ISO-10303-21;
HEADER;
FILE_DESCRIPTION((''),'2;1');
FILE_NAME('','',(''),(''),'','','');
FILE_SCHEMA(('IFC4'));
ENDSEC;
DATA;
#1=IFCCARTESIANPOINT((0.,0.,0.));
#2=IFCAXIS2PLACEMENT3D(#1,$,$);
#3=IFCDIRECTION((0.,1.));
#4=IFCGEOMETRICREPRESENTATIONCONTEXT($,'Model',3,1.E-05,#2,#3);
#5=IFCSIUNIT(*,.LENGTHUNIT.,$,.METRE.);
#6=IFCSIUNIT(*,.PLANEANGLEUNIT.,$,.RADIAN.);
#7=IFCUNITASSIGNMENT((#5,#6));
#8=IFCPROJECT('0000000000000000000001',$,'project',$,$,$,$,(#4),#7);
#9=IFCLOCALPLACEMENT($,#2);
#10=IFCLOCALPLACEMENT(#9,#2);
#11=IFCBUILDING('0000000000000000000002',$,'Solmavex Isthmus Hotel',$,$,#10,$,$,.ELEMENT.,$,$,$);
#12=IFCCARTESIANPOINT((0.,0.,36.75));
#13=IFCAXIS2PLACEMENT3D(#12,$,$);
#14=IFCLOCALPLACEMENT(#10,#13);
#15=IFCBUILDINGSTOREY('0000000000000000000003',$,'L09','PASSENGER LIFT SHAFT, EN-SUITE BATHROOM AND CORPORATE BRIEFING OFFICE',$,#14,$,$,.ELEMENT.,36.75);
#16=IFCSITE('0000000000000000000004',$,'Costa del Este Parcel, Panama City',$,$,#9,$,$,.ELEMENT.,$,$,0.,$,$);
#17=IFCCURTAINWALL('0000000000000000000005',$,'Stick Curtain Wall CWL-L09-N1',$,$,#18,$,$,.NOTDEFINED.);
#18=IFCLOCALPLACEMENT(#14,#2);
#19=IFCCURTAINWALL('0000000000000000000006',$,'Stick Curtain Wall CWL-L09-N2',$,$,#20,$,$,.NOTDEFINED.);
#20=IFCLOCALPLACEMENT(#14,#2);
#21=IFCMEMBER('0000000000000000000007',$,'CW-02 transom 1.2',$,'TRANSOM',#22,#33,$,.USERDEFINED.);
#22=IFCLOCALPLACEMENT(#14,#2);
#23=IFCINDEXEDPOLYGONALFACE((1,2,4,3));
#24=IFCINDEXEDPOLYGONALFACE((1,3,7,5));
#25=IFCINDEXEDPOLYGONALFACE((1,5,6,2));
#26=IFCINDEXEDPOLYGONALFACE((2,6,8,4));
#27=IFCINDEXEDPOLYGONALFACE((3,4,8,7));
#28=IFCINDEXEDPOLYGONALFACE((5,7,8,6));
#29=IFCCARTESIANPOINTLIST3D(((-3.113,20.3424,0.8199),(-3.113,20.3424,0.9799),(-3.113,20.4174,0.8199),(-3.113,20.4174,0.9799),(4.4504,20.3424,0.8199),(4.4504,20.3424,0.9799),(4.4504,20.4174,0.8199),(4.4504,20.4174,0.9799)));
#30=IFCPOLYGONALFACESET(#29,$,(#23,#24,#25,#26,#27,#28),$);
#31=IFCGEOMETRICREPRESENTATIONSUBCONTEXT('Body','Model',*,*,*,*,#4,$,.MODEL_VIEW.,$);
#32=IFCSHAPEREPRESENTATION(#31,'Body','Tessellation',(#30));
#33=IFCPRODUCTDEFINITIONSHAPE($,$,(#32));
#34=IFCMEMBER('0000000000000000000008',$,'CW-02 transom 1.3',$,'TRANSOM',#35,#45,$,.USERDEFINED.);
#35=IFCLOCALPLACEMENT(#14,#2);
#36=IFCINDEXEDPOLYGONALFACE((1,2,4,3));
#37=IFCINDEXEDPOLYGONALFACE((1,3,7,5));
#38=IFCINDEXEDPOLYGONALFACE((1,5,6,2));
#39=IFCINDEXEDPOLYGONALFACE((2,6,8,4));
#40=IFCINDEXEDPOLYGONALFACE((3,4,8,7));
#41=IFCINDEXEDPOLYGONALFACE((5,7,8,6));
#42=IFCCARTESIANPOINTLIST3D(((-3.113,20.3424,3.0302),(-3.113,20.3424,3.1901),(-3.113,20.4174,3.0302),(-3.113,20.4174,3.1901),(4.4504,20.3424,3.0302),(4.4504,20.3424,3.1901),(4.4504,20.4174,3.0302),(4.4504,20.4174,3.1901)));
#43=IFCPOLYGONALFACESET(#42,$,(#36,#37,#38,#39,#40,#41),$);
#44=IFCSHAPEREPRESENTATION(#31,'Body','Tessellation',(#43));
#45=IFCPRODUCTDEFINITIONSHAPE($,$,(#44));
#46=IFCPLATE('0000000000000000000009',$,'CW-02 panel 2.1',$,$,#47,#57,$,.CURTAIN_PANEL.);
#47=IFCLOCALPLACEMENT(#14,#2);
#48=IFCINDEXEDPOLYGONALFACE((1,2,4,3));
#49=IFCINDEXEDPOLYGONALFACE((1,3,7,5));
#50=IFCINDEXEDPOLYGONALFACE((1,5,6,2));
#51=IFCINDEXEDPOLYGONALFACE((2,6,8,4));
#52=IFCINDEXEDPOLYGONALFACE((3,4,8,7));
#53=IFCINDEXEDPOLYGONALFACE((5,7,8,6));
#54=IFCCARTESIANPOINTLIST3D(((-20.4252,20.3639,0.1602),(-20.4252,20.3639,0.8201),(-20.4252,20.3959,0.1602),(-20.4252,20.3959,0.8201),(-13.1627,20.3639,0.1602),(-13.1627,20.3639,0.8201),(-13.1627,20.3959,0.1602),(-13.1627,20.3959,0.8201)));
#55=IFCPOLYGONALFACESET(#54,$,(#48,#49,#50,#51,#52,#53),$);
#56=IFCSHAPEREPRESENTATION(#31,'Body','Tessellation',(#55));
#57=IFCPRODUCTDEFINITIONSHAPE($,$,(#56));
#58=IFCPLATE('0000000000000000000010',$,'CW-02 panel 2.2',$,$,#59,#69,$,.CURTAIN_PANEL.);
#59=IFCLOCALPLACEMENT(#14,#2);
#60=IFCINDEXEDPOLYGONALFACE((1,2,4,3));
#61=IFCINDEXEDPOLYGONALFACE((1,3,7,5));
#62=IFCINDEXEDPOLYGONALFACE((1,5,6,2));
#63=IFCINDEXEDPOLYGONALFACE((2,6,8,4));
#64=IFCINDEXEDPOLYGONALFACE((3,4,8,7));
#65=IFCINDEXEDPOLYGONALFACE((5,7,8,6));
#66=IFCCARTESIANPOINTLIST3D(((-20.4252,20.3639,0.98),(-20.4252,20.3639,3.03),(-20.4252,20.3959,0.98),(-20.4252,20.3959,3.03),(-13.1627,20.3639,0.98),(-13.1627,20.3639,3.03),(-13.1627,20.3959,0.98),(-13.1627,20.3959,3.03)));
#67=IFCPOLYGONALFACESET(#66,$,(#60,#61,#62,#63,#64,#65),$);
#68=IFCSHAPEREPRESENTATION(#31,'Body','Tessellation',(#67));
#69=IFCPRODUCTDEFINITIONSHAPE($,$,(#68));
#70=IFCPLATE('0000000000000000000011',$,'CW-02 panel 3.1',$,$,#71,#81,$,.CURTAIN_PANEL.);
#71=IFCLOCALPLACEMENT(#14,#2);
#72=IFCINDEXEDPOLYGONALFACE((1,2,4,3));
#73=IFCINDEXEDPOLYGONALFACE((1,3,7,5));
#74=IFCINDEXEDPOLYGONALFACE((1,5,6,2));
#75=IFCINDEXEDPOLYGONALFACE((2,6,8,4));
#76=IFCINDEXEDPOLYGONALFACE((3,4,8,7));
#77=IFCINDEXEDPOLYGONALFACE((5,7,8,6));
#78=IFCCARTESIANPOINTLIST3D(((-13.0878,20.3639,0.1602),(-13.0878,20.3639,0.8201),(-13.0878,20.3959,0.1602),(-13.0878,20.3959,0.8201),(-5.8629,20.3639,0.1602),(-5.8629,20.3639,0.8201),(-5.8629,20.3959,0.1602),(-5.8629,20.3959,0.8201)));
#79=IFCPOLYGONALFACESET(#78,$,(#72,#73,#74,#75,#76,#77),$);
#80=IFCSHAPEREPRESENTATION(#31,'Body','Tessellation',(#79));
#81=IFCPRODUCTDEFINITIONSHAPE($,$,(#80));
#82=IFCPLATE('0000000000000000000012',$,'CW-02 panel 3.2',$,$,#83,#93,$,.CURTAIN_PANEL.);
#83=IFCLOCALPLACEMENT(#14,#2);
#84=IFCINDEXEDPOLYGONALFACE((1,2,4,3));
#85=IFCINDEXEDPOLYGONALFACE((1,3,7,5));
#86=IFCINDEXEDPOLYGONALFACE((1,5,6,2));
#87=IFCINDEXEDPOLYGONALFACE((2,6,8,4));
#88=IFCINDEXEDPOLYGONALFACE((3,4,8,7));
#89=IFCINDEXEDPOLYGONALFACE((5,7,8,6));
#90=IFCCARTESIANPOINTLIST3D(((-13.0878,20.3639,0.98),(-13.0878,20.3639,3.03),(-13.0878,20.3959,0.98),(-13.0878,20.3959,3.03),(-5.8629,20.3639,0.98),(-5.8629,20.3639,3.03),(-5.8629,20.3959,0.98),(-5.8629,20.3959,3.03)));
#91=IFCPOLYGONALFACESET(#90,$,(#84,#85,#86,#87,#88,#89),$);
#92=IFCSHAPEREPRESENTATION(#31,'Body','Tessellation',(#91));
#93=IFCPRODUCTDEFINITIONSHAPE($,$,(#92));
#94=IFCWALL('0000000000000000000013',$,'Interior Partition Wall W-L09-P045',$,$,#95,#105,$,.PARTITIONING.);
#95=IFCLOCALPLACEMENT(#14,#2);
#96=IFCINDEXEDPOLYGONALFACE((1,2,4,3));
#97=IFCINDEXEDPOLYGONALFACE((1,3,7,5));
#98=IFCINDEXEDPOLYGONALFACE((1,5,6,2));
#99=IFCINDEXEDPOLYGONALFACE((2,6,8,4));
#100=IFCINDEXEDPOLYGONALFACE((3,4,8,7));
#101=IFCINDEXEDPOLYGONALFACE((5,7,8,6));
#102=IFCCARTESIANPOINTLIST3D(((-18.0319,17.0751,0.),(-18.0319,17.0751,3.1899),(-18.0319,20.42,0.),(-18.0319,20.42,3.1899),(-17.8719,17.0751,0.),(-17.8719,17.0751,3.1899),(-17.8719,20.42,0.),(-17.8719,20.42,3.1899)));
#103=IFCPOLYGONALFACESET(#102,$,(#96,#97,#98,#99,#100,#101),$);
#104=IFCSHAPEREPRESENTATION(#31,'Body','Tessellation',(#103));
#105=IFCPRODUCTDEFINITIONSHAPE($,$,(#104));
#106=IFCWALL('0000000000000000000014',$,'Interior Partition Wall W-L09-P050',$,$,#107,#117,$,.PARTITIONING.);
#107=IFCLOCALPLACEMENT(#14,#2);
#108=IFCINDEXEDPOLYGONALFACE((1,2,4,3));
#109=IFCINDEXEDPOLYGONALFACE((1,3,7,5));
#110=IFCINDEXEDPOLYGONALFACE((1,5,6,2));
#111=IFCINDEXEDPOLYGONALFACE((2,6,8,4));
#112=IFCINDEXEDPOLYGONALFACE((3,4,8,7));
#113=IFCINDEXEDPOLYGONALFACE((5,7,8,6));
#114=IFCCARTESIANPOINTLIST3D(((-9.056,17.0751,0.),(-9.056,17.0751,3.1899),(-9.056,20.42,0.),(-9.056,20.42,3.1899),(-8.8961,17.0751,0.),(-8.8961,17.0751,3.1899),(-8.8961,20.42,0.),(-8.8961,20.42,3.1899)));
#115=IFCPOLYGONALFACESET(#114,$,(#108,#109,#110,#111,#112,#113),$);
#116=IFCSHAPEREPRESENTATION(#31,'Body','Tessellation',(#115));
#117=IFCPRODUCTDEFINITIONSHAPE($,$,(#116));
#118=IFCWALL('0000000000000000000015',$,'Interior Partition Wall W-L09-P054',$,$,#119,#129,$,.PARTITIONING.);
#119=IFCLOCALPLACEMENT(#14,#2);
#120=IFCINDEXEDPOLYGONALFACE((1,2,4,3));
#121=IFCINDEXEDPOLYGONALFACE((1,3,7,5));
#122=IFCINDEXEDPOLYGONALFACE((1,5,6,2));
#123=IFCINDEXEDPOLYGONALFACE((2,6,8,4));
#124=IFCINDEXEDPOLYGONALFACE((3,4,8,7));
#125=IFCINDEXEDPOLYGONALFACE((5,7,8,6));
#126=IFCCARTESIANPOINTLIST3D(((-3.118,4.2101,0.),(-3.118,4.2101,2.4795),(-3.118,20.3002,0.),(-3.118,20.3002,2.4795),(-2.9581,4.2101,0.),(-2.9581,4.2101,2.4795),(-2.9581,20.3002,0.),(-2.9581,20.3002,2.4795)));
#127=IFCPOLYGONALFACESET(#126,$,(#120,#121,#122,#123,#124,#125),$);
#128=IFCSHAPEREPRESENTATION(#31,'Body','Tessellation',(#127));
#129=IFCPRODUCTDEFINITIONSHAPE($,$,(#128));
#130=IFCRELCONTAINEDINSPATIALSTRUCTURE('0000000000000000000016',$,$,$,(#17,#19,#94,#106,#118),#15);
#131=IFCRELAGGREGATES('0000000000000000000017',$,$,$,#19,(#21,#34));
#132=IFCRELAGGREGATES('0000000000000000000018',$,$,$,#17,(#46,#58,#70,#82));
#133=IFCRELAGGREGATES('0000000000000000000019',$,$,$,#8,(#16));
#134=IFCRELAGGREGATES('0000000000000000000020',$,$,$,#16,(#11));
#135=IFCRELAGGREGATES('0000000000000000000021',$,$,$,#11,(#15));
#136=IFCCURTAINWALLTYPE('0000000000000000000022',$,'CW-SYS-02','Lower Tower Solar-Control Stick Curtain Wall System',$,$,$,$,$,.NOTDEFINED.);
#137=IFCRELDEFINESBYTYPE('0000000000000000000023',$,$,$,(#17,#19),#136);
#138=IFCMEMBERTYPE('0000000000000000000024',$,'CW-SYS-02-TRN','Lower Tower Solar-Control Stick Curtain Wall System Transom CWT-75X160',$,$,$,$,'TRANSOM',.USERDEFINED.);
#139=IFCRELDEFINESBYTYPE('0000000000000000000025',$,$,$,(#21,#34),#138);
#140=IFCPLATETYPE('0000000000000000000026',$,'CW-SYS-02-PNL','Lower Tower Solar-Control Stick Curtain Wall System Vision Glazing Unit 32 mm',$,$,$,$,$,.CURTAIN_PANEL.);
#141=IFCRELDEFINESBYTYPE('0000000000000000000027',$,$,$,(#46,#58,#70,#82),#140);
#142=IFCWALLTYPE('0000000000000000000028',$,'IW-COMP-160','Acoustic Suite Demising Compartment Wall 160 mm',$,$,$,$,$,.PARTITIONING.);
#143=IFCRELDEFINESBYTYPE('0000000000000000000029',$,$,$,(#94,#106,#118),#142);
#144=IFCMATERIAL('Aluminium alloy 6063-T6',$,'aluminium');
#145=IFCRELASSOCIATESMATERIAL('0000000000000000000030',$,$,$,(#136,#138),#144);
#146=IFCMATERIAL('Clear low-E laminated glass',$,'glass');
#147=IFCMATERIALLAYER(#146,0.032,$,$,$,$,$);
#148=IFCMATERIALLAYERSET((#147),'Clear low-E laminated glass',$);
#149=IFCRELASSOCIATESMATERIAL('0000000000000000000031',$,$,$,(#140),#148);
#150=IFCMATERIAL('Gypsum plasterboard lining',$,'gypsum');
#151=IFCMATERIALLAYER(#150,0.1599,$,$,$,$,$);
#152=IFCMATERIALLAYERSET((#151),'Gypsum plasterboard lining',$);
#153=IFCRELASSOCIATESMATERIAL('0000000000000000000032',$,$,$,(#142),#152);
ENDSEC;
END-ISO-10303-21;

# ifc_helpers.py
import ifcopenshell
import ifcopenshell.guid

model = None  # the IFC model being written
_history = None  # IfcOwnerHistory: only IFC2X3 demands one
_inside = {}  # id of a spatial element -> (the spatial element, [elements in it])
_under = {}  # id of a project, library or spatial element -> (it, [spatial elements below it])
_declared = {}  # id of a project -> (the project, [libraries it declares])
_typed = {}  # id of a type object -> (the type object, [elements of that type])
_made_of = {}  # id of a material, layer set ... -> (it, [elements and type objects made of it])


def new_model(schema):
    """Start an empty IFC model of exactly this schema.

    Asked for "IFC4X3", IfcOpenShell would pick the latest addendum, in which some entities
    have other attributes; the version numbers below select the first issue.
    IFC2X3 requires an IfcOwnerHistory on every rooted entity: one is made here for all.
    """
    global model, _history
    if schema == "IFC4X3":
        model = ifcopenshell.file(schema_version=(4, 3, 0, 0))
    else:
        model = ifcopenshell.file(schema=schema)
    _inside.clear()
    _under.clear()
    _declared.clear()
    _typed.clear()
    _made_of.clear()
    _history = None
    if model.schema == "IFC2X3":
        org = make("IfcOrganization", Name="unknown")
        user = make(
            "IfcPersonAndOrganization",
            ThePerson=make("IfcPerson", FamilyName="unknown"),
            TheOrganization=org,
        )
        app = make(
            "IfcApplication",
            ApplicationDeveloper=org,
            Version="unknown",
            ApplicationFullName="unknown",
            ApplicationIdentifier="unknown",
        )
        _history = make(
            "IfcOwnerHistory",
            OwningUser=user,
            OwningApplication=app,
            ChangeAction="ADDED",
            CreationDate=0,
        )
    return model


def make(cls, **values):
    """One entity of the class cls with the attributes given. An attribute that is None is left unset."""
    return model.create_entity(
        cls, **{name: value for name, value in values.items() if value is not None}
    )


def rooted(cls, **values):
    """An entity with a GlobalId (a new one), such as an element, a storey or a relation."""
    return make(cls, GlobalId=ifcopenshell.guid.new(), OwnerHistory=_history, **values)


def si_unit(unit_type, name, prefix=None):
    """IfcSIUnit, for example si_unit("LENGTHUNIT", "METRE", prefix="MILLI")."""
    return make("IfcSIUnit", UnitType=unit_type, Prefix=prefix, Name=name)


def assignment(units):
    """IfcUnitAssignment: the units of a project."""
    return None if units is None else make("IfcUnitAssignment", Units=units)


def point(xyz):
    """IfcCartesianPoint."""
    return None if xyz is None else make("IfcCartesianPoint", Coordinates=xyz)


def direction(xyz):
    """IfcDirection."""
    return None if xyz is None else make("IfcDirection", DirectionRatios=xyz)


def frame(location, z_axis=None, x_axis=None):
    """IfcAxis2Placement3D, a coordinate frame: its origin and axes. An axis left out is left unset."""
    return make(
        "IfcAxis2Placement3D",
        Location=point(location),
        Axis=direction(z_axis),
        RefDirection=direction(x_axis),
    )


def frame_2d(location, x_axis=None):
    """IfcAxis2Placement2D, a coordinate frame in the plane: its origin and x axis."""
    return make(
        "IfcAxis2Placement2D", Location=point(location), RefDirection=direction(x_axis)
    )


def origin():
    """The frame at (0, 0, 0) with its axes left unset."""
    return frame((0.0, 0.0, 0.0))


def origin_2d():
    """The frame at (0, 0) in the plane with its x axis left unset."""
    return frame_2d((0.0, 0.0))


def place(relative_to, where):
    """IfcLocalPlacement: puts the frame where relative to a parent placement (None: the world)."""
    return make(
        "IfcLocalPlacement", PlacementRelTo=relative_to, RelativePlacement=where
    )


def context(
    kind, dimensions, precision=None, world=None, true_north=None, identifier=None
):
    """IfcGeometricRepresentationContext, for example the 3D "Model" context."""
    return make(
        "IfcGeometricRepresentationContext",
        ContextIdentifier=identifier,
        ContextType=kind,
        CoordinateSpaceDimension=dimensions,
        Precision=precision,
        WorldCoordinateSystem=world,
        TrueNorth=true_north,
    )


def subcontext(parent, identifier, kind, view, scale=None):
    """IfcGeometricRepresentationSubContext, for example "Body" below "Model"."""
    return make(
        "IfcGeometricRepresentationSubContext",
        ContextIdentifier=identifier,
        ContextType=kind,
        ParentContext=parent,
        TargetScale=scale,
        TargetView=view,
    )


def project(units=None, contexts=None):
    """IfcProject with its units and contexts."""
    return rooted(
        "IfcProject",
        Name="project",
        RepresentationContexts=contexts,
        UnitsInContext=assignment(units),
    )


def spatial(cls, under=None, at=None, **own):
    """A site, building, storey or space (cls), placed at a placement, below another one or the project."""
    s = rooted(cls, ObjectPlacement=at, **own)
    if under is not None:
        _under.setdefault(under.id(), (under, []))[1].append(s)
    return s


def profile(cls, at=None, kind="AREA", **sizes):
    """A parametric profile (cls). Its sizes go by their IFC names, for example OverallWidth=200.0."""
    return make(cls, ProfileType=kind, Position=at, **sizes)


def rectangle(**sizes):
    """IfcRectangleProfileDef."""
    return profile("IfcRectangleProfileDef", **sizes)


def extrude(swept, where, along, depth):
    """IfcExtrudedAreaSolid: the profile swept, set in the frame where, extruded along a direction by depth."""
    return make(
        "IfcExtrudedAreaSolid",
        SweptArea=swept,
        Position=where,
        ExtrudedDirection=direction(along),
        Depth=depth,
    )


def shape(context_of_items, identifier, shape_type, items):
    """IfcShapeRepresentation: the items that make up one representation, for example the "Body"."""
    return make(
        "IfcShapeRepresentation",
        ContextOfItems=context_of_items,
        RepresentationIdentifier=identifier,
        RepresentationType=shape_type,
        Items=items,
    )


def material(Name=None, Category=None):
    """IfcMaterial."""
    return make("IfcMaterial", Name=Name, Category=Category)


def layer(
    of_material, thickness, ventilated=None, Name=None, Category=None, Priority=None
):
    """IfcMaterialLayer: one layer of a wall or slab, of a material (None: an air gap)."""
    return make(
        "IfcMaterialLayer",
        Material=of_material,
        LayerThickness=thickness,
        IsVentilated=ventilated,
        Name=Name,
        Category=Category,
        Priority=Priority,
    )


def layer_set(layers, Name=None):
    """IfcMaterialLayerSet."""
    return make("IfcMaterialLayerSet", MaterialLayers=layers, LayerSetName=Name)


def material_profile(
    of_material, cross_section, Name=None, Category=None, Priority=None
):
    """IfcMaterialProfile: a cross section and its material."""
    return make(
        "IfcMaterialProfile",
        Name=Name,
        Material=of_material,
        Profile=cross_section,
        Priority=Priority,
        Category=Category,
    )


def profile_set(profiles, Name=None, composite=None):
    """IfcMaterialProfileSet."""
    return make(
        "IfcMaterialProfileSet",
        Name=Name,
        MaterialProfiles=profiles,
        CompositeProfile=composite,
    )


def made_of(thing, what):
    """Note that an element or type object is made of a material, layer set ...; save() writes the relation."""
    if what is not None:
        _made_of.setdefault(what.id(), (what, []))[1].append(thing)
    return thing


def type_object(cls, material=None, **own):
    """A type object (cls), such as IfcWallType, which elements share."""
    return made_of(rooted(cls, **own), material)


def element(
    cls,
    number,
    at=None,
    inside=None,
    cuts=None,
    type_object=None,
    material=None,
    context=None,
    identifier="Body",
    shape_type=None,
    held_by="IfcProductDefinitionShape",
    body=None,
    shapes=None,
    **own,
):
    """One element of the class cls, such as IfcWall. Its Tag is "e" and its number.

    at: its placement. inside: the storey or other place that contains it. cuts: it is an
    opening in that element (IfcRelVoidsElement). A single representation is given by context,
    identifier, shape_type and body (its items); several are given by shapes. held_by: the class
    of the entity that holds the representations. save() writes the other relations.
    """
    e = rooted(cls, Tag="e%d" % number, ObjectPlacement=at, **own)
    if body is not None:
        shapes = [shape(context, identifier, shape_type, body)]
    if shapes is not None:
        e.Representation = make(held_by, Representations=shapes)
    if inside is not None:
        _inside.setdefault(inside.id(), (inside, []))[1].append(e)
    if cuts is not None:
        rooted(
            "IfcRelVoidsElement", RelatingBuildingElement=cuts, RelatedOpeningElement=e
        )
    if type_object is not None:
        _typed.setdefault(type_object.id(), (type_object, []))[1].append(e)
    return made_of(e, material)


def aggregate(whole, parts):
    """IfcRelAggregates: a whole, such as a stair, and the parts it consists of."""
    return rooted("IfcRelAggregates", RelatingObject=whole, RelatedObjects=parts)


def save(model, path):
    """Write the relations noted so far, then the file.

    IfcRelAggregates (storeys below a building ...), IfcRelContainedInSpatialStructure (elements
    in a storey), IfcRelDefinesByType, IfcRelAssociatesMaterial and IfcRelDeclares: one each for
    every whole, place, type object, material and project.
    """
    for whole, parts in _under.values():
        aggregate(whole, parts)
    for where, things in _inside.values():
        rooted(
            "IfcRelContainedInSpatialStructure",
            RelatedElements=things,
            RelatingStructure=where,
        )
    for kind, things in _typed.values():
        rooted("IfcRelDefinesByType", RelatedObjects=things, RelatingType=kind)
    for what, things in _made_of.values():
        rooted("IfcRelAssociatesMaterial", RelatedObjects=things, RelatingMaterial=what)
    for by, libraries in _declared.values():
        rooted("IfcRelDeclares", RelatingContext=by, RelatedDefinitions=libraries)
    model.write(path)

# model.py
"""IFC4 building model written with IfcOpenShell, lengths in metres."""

from ifc_helpers import new_model, si_unit, direction, frame, frame_2d, origin, origin_2d, place, context, subcontext, project, spatial, rectangle, extrude, material, layer, layer_set, material_profile, profile_set, type_object, element, aggregate, save


model = new_model("IFC4")

# Units and contexts
model_context = context("Model", 3, precision=1e-05, world=origin(), true_north=direction((0.0, 1.0)))
body_context = subcontext(model_context, "Body", "Model", "MODEL_VIEW")
ifc_project = project(units=[si_unit("LENGTHUNIT", "METRE"), si_unit("PLANEANGLEUNIT", "RADIAN")], contexts=[model_context])

# Site, building, storey
site_placement = place(None, origin())
site = spatial("IfcSite", under=ifc_project, at=site_placement, Name="Costa del Este Parcel, Panama City", CompositionType="ELEMENT", RefElevation=0.0)
building_placement = place(site_placement, origin())
building = spatial("IfcBuilding", under=site, at=building_placement, Name="Solmavex Isthmus Hotel", CompositionType="ELEMENT")
storey_placement = place(building_placement, frame((0.0, 0.0, 36.75)))
storey = spatial("IfcBuildingStorey", under=building, at=storey_placement, Name="L09", Description="PASSENGER LIFT SHAFT, EN-SUITE BATHROOM AND CORPORATE BRIEFING OFFICE", CompositionType="ELEMENT", Elevation=36.75)

# Curtain wall
ifc_material_1 = material(Name="Aluminium alloy 6063-T6", Category="aluminium")
curtain_wall_type = type_object("IfcCurtainWallType", Name="CW-SYS-02", Description="Lower Tower Solar-Control Stick Curtain Wall System", PredefinedType="NOTDEFINED", material=ifc_material_1)
curtain_wall_1_placement = place(storey_placement, origin())
curtain_wall_1 = element("IfcCurtainWall", 1, at=curtain_wall_1_placement, inside=storey, type_object=curtain_wall_type, Name="Stick Curtain Wall CWL-L09-N1", PredefinedType="NOTDEFINED")

# Curtain wall
curtain_wall_2_placement = place(storey_placement, origin())
curtain_wall_2 = element("IfcCurtainWall", 2, at=curtain_wall_2_placement, inside=storey, type_object=curtain_wall_type, Name="Stick Curtain Wall CWL-L09-N2", PredefinedType="NOTDEFINED")

# Members
ifc_material_profile_1 = material_profile(ifc_material_1, rectangle(XDim=0.075, YDim=0.1599, at=origin_2d()), Name="CWT-75X160")
ifc_profile_set_1 = profile_set([ifc_material_profile_1], Name="Aluminium alloy 6063-T6")
member_type_1 = type_object("IfcMemberType", Name="CW-SYS-02-TRN", Description="Lower Tower Solar-Control Stick Curtain Wall System Transom CWT-75X160", ElementType="TRANSOM", PredefinedType="USERDEFINED", material=ifc_profile_set_1)
member_1_placement = place(storey_placement, frame((-3.113, 20.3799, 0.8999), z_axis=(1.0, 0.0, 0.0), x_axis=(0.0, 1.0, 0.0)))
member_1 = element("IfcMember", 3, at=member_1_placement, type_object=member_type_1, Name="CW-02 transom 1.2", ObjectType="TRANSOM", PredefinedType="USERDEFINED", context=body_context, shape_type="SweptSolid", body=[
    extrude(rectangle(XDim=0.075, YDim=0.1599, at=origin_2d()), origin(), (0.0, 0.0, 1.0), 7.5635),
])
member_2_placement = place(storey_placement, frame((-3.113, 20.3799, 3.1101), z_axis=(1.0, 0.0, 0.0), x_axis=(0.0, 1.0, 0.0)))
member_2 = element("IfcMember", 4, at=member_2_placement, type_object=member_type_1, Name="CW-02 transom 1.3", ObjectType="TRANSOM", PredefinedType="USERDEFINED", context=body_context, shape_type="SweptSolid", body=[
    extrude(rectangle(XDim=0.075, YDim=0.1599, at=origin_2d()), origin(), (0.0, 0.0, 1.0), 7.5635),
])
aggregate(curtain_wall_2, [member_1, member_2])

# Plates
ifc_material_2 = material(Name="Clear low-E laminated glass", Category="glass")
ifc_layer_1 = layer(ifc_material_2, 0.032)
ifc_layer_set_1 = layer_set([ifc_layer_1], Name="Clear low-E laminated glass")
plate_type = type_object("IfcPlateType", Name="CW-SYS-02-PNL", Description="Lower Tower Solar-Control Stick Curtain Wall System Vision Glazing Unit 32 mm", PredefinedType="CURTAIN_PANEL", material=ifc_layer_set_1)
plate_1_placement = place(storey_placement, frame((-16.7939, 20.3799, 0.1602), z_axis=(0.0, 0.0, 1.0), x_axis=(1.0, 0.0, 0.0)))
plate_1 = element("IfcPlate", 5, at=plate_1_placement, type_object=plate_type, Name="CW-02 panel 2.1", PredefinedType="CURTAIN_PANEL", context=body_context, shape_type="SweptSolid", body=[
    extrude(rectangle(XDim=7.2625, YDim=0.032, at=origin_2d()), origin(), (0.0, 0.0, 1.0), 0.6599),
])
plate_2_placement = place(storey_placement, frame((-16.7939, 20.3799, 0.98), z_axis=(0.0, 0.0, 1.0), x_axis=(1.0, 0.0, 0.0)))
plate_2 = element("IfcPlate", 6, at=plate_2_placement, type_object=plate_type, Name="CW-02 panel 2.2", PredefinedType="CURTAIN_PANEL", context=body_context, shape_type="SweptSolid", body=[
    extrude(rectangle(XDim=7.2625, YDim=0.032, at=origin_2d()), origin(), (0.0, 0.0, 1.0), 2.05),
])
plate_3_placement = place(storey_placement, frame((-9.4753, 20.3799, 0.1602), z_axis=(0.0, 0.0, 1.0), x_axis=(1.0, 0.0, 0.0)))
plate_3 = element("IfcPlate", 7, at=plate_3_placement, type_object=plate_type, Name="CW-02 panel 3.1", PredefinedType="CURTAIN_PANEL", context=body_context, shape_type="SweptSolid", body=[
    extrude(rectangle(XDim=7.2249, YDim=0.032, at=origin_2d()), origin(), (0.0, 0.0, 1.0), 0.6599),
])
plate_4_placement = place(storey_placement, frame((-9.4753, 20.3799, 0.98), z_axis=(0.0, 0.0, 1.0), x_axis=(1.0, 0.0, 0.0)))
plate_4 = element("IfcPlate", 8, at=plate_4_placement, type_object=plate_type, Name="CW-02 panel 3.2", PredefinedType="CURTAIN_PANEL", context=body_context, shape_type="SweptSolid", body=[
    extrude(rectangle(XDim=7.2249, YDim=0.032, at=origin_2d()), origin(), (0.0, 0.0, 1.0), 2.05),
])
aggregate(curtain_wall_1, [plate_1, plate_2, plate_3, plate_4])

# Walls
ifc_material_3 = material(Name="Gypsum plasterboard lining", Category="gypsum")
ifc_layer_2 = layer(ifc_material_3, 0.1599)
ifc_layer_set_2 = layer_set([ifc_layer_2], Name="Gypsum plasterboard lining")
wall_type_1 = type_object("IfcWallType", Name="IW-COMP-160", Description="Acoustic Suite Demising Compartment Wall 160 mm", PredefinedType="PARTITIONING", material=ifc_layer_set_2)
for number, where, z_axis, x_axis, name in (
    (9, (-17.9519, 20.4199, 0.0), (0.0, 0.0, 1.0), (0.0, -1.0, 0.0), "Interior Partition Wall W-L09-P045"),
    (10, (-8.9761, 20.4199, 0.0), (0.0, 0.0, 1.0), (0.0, -1.0, 0.0), "Interior Partition Wall W-L09-P050"),
):
    element("IfcWall", number, at=place(storey_placement, frame(where, z_axis=z_axis, x_axis=x_axis)), inside=storey, type_object=wall_type_1, Name=name, PredefinedType="PARTITIONING", context=body_context, shape_type="SweptSolid", body=[
        extrude(rectangle(XDim=3.345, YDim=0.1599, at=frame_2d((1.6724, 0.0))), origin(), (0.0, 0.0, 1.0), 3.1899),
    ])
wall_1_placement = place(storey_placement, frame((-3.0381, 20.3, 0.0), z_axis=(0.0, 0.0, 1.0), x_axis=(0.0, -1.0, 0.0)))
element("IfcWall", 11, at=wall_1_placement, inside=storey, type_object=wall_type_1, Name="Interior Partition Wall W-L09-P054", PredefinedType="PARTITIONING", context=body_context, shape_type="SweptSolid", body=[
    extrude(rectangle(XDim=16.0901, YDim=0.1599, at=frame_2d((8.0449, 0.0))), origin(), (0.0, 0.0, 1.0), 2.4795),
])

save(model, "model.ifc")
